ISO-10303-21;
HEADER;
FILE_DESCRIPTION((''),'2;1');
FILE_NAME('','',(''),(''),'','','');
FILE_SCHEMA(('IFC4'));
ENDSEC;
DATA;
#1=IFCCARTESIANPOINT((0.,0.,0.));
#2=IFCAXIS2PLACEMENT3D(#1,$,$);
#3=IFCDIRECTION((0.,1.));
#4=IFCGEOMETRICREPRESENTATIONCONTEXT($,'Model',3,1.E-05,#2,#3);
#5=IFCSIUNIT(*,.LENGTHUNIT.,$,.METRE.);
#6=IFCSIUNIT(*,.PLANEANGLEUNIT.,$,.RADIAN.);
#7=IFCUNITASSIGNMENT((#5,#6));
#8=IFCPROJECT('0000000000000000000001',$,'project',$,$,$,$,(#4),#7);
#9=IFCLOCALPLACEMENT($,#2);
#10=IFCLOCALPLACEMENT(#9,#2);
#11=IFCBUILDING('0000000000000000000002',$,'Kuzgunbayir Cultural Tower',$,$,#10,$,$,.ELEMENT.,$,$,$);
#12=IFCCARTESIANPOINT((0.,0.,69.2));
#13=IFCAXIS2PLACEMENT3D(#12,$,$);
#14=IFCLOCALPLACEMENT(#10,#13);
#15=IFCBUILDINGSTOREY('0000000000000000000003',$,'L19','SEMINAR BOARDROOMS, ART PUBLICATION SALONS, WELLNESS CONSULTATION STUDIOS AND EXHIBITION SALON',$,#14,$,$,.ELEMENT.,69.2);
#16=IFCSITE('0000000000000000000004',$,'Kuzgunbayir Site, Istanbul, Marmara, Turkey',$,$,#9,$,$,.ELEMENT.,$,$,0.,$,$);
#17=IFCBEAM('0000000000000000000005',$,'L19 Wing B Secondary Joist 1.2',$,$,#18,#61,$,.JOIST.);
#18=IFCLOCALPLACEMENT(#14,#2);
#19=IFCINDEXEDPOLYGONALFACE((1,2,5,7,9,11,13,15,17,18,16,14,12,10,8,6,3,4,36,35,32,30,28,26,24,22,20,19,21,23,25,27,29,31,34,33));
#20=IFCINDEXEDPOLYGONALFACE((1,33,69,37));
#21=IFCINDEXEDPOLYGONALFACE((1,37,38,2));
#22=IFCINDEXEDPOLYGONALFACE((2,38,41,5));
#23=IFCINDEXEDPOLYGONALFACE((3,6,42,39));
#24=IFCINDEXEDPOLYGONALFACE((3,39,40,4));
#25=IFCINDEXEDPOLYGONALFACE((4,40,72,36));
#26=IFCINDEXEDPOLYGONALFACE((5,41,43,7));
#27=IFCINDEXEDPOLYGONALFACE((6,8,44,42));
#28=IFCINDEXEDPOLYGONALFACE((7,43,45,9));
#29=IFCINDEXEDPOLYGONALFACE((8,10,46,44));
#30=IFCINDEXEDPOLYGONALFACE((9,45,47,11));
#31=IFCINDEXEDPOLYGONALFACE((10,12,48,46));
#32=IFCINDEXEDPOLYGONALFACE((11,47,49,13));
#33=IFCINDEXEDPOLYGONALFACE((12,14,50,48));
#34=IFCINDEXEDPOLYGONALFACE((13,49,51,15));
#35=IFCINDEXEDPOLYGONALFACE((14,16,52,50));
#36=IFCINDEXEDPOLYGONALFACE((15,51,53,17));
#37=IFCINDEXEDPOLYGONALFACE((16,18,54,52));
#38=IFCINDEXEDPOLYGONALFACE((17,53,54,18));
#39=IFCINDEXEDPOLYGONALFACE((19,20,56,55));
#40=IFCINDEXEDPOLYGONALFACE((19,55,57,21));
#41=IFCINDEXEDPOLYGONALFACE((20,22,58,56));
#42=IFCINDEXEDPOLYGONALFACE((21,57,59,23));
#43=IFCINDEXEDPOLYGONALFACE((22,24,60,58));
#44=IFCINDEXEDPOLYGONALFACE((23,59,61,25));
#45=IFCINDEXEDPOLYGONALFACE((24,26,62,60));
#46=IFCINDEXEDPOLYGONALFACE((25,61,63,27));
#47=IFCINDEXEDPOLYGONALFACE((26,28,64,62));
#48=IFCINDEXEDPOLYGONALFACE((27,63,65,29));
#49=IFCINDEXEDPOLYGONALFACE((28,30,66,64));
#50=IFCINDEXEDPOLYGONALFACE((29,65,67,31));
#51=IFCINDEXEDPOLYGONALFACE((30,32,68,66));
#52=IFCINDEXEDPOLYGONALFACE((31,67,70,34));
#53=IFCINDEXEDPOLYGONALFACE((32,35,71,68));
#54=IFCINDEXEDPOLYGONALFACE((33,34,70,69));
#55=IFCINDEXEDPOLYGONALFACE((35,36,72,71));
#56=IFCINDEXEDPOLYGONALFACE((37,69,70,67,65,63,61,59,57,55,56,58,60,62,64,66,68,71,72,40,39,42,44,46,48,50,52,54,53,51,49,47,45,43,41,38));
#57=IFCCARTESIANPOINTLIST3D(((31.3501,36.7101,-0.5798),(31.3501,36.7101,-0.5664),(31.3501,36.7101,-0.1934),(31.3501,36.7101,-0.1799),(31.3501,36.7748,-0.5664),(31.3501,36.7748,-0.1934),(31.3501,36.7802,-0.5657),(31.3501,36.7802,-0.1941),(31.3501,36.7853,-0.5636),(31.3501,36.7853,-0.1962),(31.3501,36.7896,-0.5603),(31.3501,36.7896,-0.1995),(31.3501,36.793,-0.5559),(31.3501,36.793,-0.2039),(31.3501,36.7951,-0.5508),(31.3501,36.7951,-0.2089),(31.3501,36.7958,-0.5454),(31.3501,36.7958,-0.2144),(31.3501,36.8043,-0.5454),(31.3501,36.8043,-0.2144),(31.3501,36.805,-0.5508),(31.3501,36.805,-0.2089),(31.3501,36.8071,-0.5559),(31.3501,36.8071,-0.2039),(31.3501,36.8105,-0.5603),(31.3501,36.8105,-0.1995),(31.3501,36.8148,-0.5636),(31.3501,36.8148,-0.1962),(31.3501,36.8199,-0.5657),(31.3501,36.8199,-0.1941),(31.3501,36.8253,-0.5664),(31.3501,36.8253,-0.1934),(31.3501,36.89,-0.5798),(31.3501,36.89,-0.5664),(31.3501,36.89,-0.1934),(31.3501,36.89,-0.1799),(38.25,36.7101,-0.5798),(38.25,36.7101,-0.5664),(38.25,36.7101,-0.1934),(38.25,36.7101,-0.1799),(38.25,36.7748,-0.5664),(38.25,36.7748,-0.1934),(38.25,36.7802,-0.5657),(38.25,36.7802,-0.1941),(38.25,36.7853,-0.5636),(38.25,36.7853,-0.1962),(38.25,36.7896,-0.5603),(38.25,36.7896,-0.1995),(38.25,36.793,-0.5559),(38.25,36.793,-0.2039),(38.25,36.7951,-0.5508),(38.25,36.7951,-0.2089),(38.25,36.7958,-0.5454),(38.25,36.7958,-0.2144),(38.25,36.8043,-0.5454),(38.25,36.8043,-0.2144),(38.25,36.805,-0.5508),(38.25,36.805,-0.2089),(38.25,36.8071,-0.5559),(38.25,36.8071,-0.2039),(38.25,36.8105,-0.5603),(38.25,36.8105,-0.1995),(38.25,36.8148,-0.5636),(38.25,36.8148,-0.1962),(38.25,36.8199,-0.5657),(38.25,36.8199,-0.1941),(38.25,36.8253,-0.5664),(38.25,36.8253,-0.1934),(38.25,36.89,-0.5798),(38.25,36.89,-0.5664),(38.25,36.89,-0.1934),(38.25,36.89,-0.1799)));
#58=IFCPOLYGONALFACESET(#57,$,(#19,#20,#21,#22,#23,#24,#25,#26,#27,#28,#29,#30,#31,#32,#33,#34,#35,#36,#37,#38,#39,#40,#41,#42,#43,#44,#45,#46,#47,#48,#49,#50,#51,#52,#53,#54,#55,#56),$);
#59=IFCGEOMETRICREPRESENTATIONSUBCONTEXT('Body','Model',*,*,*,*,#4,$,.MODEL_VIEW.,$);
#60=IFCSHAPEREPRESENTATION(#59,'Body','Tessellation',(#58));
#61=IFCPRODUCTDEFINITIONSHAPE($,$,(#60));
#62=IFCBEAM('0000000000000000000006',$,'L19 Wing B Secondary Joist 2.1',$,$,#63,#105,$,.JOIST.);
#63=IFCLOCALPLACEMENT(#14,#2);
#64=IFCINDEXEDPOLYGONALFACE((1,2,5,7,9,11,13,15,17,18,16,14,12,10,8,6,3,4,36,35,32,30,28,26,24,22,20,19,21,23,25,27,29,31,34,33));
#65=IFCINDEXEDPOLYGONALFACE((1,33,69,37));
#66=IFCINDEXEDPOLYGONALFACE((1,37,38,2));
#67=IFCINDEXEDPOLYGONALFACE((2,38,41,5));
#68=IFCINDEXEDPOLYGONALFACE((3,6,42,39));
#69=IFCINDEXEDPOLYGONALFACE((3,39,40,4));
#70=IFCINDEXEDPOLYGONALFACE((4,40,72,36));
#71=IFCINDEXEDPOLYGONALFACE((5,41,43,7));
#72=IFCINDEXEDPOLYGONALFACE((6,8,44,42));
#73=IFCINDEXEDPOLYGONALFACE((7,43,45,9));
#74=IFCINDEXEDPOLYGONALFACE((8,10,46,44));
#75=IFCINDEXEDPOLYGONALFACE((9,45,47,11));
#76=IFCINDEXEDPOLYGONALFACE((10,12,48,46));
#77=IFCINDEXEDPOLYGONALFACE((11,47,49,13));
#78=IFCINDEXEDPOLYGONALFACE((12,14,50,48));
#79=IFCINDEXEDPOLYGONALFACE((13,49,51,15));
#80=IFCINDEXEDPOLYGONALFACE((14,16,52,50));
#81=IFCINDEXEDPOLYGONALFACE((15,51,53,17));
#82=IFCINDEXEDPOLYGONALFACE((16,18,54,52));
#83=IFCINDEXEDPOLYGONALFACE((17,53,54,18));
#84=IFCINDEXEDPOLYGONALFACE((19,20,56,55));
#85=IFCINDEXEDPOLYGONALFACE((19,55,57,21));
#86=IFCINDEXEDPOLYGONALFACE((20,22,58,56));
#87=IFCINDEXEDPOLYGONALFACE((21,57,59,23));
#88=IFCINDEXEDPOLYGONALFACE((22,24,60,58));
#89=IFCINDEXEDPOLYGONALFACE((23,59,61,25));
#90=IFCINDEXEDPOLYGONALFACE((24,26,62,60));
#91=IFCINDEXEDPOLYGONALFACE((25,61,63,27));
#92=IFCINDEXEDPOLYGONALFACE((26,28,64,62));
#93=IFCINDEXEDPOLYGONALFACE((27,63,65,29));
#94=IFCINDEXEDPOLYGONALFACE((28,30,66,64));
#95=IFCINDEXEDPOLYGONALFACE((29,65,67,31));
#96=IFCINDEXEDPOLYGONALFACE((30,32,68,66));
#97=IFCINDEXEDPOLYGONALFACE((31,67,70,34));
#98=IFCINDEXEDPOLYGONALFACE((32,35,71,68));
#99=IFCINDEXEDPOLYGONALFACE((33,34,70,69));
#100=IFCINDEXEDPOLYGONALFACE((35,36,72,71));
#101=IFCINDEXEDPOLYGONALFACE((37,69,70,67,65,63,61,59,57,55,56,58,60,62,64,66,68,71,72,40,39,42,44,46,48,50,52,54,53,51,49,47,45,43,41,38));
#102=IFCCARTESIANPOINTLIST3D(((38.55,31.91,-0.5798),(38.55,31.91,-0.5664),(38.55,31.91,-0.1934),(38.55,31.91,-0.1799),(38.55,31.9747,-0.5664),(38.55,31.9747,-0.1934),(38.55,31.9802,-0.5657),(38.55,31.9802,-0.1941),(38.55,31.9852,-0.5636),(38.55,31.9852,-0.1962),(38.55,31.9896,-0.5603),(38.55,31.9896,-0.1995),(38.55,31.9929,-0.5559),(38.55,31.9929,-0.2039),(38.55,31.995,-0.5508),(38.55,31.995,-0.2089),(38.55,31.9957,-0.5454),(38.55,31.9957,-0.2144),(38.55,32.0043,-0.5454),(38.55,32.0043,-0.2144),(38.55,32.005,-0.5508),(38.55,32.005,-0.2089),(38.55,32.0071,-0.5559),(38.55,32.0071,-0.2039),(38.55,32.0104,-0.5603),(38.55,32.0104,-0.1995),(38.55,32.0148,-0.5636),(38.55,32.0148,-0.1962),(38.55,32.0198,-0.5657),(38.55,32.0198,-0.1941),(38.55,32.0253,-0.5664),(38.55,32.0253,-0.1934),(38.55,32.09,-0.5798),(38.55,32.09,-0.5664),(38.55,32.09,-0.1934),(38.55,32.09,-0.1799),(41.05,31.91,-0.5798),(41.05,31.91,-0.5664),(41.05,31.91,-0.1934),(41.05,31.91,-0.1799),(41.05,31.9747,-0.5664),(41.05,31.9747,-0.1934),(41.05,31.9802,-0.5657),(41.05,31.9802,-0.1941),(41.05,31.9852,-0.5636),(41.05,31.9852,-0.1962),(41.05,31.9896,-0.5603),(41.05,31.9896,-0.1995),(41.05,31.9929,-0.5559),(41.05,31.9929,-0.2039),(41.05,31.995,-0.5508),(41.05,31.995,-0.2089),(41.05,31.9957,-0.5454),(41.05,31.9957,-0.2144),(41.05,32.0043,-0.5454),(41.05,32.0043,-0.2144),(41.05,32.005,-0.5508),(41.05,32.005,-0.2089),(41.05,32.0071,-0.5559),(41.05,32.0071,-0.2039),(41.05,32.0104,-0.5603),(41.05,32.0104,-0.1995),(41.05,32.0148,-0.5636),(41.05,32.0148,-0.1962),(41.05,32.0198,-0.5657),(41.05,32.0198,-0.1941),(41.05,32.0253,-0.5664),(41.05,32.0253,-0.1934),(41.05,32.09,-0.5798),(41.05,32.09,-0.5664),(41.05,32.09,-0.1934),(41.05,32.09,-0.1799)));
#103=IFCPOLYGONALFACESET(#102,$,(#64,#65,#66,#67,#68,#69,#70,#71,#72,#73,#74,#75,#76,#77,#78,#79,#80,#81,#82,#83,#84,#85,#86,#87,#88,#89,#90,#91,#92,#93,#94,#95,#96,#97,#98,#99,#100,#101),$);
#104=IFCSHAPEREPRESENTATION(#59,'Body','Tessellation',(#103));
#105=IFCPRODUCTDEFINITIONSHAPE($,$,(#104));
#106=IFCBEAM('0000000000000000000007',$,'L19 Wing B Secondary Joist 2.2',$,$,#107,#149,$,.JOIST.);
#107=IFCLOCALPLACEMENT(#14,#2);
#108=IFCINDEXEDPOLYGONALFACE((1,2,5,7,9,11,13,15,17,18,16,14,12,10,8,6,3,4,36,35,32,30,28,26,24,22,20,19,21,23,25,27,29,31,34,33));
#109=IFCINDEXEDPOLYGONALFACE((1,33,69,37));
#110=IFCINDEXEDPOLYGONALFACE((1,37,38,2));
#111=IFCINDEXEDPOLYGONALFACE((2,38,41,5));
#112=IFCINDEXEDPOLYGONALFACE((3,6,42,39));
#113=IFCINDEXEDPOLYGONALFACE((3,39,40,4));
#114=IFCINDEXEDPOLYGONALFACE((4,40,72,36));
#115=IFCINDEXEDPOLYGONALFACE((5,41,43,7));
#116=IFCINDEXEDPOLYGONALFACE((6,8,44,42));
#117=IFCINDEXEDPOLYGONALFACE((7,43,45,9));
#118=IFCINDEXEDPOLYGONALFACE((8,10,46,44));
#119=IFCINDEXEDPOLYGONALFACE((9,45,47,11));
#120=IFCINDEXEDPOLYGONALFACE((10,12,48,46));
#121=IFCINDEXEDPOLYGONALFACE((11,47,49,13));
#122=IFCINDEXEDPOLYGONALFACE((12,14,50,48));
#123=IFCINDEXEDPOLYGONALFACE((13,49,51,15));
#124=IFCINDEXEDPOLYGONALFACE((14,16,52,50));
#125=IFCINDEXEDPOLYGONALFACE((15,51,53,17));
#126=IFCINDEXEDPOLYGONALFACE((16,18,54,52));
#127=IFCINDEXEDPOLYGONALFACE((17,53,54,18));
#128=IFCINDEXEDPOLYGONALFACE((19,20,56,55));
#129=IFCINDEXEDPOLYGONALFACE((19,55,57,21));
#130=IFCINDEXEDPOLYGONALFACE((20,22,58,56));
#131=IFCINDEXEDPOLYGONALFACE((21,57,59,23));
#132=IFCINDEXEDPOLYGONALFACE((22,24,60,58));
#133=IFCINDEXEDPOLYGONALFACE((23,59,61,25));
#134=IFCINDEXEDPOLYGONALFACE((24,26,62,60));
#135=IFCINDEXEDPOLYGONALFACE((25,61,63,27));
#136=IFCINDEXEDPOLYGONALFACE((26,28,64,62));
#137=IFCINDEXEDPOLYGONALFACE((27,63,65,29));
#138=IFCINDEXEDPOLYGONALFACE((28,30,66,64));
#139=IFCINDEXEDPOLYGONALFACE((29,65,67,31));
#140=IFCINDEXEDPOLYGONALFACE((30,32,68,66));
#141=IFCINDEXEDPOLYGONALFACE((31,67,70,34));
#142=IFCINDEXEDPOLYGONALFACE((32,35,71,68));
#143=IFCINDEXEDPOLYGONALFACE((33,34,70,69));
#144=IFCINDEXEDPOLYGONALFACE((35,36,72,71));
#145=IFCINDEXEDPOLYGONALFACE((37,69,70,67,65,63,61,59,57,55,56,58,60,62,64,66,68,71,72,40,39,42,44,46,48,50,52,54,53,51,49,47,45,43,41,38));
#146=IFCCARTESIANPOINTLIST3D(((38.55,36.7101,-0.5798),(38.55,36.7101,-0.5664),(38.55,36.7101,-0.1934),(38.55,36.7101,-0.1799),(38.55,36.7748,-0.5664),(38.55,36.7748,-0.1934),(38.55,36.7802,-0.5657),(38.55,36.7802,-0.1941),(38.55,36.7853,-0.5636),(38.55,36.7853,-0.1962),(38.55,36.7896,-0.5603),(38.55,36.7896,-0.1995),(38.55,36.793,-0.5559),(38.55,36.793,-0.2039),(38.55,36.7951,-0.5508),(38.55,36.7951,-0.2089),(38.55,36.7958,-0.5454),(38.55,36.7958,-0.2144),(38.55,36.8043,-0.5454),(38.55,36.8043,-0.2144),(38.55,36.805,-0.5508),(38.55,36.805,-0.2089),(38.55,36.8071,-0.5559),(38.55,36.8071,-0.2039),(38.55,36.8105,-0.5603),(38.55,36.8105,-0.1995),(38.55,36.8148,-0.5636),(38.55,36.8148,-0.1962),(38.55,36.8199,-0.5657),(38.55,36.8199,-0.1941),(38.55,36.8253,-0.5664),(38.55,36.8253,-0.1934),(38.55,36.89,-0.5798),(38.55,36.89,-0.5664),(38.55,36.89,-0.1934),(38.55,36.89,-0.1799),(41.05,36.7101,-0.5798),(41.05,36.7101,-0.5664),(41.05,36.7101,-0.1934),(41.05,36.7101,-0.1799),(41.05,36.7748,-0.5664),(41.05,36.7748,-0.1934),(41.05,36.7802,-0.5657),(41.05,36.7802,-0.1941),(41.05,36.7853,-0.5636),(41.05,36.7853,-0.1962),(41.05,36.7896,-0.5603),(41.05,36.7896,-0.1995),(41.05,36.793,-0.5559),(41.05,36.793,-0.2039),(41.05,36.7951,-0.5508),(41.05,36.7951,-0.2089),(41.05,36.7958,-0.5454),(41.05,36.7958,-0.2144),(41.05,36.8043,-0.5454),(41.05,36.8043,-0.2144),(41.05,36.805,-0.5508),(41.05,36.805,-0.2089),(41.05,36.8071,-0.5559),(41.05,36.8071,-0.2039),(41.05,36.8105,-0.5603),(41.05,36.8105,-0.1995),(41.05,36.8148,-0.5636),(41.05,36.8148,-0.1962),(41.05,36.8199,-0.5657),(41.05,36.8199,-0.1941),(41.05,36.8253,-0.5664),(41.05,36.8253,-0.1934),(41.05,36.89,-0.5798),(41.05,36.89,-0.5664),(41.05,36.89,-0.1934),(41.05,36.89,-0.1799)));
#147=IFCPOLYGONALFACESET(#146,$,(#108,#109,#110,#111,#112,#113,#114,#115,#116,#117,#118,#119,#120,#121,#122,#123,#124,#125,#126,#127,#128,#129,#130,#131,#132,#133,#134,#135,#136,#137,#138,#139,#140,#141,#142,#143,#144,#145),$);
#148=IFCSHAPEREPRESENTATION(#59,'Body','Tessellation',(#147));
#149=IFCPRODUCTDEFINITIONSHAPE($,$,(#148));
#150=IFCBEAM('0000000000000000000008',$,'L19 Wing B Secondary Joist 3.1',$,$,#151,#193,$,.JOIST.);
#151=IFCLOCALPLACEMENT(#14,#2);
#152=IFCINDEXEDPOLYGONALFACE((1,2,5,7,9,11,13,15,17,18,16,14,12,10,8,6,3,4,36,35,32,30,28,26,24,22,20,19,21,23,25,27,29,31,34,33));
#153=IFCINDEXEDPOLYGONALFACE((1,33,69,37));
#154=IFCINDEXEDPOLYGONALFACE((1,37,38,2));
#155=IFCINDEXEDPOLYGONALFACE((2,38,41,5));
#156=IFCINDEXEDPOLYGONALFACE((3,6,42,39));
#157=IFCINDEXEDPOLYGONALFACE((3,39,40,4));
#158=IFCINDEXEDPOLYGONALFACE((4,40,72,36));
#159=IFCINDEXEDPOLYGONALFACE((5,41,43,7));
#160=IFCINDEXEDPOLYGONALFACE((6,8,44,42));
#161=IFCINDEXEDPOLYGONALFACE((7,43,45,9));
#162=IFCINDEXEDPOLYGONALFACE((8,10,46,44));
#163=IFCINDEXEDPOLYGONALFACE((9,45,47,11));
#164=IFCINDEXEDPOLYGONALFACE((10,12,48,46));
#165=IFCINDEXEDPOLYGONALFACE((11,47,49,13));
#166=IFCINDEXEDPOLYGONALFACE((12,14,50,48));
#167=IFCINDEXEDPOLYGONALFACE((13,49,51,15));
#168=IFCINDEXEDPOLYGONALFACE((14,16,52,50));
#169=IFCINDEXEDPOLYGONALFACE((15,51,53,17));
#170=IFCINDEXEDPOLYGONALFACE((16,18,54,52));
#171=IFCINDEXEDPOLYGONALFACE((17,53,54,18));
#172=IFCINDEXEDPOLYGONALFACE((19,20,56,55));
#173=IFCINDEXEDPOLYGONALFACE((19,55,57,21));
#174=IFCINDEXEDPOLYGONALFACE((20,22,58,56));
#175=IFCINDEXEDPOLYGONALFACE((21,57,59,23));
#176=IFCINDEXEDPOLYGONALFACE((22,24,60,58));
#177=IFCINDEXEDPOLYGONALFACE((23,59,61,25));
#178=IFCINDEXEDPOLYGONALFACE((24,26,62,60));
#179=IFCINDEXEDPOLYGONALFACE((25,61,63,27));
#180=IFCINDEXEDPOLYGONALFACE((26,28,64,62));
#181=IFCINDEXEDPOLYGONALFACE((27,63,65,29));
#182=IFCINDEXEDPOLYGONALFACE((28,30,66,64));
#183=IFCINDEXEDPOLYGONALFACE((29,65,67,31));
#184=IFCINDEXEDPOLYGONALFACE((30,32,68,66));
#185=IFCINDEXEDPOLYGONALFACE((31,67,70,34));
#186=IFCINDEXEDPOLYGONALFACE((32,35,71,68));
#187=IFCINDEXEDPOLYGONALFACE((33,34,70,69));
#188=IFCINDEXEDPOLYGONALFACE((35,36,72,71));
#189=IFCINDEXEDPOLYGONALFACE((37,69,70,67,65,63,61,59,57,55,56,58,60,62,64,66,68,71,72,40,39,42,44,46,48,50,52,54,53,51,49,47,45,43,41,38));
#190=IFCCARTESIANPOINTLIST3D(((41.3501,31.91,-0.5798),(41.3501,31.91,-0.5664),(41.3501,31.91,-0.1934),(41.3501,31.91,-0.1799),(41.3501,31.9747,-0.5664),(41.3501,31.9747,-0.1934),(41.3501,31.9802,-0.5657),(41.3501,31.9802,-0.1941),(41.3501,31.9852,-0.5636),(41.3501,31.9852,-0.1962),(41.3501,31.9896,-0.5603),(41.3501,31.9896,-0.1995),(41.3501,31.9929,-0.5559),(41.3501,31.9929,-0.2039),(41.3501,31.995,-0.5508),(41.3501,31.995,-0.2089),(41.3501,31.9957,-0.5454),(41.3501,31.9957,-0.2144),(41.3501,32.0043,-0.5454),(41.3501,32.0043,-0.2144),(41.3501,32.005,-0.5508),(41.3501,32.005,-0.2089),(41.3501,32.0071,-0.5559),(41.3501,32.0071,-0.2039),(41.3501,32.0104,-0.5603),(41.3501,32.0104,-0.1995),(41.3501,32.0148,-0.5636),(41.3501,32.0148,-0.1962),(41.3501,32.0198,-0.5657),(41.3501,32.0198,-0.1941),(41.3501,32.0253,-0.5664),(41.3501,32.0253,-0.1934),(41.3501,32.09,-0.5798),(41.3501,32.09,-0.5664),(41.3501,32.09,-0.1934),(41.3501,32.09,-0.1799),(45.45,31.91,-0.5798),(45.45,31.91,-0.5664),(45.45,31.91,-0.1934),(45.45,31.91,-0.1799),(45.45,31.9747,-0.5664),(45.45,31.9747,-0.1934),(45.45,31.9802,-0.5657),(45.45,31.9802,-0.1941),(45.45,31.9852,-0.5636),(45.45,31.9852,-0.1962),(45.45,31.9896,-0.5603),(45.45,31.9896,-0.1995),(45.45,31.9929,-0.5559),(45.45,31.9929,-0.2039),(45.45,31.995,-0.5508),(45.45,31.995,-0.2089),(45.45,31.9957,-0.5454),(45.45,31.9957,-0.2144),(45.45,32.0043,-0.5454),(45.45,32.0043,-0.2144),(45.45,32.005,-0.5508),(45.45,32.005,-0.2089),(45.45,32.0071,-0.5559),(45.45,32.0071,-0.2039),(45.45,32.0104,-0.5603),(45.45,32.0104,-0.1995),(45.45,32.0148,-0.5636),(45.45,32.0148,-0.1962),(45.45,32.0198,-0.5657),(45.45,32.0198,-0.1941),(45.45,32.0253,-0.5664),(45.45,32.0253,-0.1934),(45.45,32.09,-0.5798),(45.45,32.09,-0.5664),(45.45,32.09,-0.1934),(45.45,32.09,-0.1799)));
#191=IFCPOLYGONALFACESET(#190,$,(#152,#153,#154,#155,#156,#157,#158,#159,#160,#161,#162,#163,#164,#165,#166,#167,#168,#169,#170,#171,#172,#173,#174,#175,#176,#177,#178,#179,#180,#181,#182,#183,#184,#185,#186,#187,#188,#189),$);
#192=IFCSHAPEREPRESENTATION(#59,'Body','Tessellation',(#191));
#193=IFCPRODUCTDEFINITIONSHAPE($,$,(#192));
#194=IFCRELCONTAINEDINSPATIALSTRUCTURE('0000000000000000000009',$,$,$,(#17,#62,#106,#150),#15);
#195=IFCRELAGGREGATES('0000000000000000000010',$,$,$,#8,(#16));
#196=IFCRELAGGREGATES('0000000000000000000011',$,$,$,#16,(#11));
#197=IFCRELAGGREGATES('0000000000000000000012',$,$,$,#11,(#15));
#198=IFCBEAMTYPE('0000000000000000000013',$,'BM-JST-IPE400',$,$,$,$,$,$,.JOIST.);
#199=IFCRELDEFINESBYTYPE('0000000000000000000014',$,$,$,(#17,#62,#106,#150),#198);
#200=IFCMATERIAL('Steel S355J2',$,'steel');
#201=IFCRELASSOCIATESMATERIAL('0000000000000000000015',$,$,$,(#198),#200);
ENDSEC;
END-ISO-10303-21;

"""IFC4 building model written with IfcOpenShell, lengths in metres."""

from ifc_helpers import new_model, si_unit, direction, frame, origin, origin_2d, place, context, subcontext, project, spatial, i_section, extrude, material, material_profile, profile_set, type_object, element, save


model = new_model("IFC4")

# Units and contexts
model_context = context("Model", 3, precision=1e-05, world=origin(), true_north=direction((0.0, 1.0)))
body_context = subcontext(model_context, "Body", "Model", "MODEL_VIEW")
ifc_project = project(units=[si_unit("LENGTHUNIT", "METRE"), si_unit("PLANEANGLEUNIT", "RADIAN")], contexts=[model_context])

# Site, building, storey
site_placement = place(None, origin())
site = spatial("IfcSite", under=ifc_project, at=site_placement, Name="Kuzgunbayir Site, Istanbul, Marmara, Turkey", CompositionType="ELEMENT", RefElevation=0.0)
building_placement = place(site_placement, origin())
building = spatial("IfcBuilding", under=site, at=building_placement, Name="Kuzgunbayir Cultural Tower", CompositionType="ELEMENT")
storey_placement = place(building_placement, frame((0.0, 0.0, 69.2)))
storey = spatial("IfcBuildingStorey", under=building, at=storey_placement, Name="L19", Description="SEMINAR BOARDROOMS, ART PUBLICATION SALONS, WELLNESS CONSULTATION STUDIOS AND EXHIBITION SALON", CompositionType="ELEMENT", Elevation=69.2)

# Beams
ifc_material_1 = material(Name="Steel S355J2", Category="steel")
ifc_material_profile_1 = material_profile(ifc_material_1, i_section(OverallWidth=0.1799, OverallDepth=0.3999, WebThickness=0.0085, FlangeThickness=0.0134, FilletRadius=0.021, at=origin_2d()), Name="IPE 400")
ifc_profile_set_1 = profile_set([ifc_material_profile_1], Name="Steel S355J2")
beam_type_1 = type_object("IfcBeamType", Name="BM-JST-IPE400", PredefinedType="JOIST", material=ifc_profile_set_1)
for number, where, z_axis, x_axis, name in (
    (1, (31.3501, 36.8, -0.3799), (1.0, 0.0, 0.0), (0.0, 1.0, 0.0), "L19 Wing B Secondary Joist 1.2"),
):
    element("IfcBeam", number, at=place(storey_placement, frame(where, z_axis=z_axis, x_axis=x_axis)), inside=storey, type_object=beam_type_1, Name=name, PredefinedType="JOIST", context=body_context, shape_type="SweptSolid", body=[
        extrude(i_section(OverallWidth=0.1799, OverallDepth=0.3999, WebThickness=0.0085, FlangeThickness=0.0134, FilletRadius=0.021, at=origin_2d()), origin(), (0.0, 0.0, 1.0), 6.8999),
    ])
for number, where, z_axis, x_axis, name in (
    (2, (38.55, 32.0, -0.3799), (1.0, 0.0, 0.0), (0.0, 1.0, 0.0), "L19 Wing B Secondary Joist 2.1"),
    (3, (38.55, 36.8, -0.3799), (1.0, 0.0, 0.0), (0.0, 1.0, 0.0), "L19 Wing B Secondary Joist 2.2"),
):
    element("IfcBeam", number, at=place(storey_placement, frame(where, z_axis=z_axis, x_axis=x_axis)), inside=storey, type_object=beam_type_1, Name=name, PredefinedType="JOIST", context=body_context, shape_type="SweptSolid", body=[
        extrude(i_section(OverallWidth=0.1799, OverallDepth=0.3999, WebThickness=0.0085, FlangeThickness=0.0134, FilletRadius=0.021, at=origin_2d()), origin(), (0.0, 0.0, 1.0), 2.5),
    ])
for number, where, z_axis, x_axis, name in (
    (4, (41.3501, 32.0, -0.3799), (1.0, 0.0, 0.0), (0.0, 1.0, 0.0), "L19 Wing B Secondary Joist 3.1"),
):
    element("IfcBeam", number, at=place(storey_placement, frame(where, z_axis=z_axis, x_axis=x_axis)), inside=storey, type_object=beam_type_1, Name=name, PredefinedType="JOIST", context=body_context, shape_type="SweptSolid", body=[
        extrude(i_section(OverallWidth=0.1799, OverallDepth=0.3999, WebThickness=0.0085, FlangeThickness=0.0134, FilletRadius=0.021, at=origin_2d()), origin(), (0.0, 0.0, 1.0), 4.0999),
    ])

save(model, "model.ifc")
